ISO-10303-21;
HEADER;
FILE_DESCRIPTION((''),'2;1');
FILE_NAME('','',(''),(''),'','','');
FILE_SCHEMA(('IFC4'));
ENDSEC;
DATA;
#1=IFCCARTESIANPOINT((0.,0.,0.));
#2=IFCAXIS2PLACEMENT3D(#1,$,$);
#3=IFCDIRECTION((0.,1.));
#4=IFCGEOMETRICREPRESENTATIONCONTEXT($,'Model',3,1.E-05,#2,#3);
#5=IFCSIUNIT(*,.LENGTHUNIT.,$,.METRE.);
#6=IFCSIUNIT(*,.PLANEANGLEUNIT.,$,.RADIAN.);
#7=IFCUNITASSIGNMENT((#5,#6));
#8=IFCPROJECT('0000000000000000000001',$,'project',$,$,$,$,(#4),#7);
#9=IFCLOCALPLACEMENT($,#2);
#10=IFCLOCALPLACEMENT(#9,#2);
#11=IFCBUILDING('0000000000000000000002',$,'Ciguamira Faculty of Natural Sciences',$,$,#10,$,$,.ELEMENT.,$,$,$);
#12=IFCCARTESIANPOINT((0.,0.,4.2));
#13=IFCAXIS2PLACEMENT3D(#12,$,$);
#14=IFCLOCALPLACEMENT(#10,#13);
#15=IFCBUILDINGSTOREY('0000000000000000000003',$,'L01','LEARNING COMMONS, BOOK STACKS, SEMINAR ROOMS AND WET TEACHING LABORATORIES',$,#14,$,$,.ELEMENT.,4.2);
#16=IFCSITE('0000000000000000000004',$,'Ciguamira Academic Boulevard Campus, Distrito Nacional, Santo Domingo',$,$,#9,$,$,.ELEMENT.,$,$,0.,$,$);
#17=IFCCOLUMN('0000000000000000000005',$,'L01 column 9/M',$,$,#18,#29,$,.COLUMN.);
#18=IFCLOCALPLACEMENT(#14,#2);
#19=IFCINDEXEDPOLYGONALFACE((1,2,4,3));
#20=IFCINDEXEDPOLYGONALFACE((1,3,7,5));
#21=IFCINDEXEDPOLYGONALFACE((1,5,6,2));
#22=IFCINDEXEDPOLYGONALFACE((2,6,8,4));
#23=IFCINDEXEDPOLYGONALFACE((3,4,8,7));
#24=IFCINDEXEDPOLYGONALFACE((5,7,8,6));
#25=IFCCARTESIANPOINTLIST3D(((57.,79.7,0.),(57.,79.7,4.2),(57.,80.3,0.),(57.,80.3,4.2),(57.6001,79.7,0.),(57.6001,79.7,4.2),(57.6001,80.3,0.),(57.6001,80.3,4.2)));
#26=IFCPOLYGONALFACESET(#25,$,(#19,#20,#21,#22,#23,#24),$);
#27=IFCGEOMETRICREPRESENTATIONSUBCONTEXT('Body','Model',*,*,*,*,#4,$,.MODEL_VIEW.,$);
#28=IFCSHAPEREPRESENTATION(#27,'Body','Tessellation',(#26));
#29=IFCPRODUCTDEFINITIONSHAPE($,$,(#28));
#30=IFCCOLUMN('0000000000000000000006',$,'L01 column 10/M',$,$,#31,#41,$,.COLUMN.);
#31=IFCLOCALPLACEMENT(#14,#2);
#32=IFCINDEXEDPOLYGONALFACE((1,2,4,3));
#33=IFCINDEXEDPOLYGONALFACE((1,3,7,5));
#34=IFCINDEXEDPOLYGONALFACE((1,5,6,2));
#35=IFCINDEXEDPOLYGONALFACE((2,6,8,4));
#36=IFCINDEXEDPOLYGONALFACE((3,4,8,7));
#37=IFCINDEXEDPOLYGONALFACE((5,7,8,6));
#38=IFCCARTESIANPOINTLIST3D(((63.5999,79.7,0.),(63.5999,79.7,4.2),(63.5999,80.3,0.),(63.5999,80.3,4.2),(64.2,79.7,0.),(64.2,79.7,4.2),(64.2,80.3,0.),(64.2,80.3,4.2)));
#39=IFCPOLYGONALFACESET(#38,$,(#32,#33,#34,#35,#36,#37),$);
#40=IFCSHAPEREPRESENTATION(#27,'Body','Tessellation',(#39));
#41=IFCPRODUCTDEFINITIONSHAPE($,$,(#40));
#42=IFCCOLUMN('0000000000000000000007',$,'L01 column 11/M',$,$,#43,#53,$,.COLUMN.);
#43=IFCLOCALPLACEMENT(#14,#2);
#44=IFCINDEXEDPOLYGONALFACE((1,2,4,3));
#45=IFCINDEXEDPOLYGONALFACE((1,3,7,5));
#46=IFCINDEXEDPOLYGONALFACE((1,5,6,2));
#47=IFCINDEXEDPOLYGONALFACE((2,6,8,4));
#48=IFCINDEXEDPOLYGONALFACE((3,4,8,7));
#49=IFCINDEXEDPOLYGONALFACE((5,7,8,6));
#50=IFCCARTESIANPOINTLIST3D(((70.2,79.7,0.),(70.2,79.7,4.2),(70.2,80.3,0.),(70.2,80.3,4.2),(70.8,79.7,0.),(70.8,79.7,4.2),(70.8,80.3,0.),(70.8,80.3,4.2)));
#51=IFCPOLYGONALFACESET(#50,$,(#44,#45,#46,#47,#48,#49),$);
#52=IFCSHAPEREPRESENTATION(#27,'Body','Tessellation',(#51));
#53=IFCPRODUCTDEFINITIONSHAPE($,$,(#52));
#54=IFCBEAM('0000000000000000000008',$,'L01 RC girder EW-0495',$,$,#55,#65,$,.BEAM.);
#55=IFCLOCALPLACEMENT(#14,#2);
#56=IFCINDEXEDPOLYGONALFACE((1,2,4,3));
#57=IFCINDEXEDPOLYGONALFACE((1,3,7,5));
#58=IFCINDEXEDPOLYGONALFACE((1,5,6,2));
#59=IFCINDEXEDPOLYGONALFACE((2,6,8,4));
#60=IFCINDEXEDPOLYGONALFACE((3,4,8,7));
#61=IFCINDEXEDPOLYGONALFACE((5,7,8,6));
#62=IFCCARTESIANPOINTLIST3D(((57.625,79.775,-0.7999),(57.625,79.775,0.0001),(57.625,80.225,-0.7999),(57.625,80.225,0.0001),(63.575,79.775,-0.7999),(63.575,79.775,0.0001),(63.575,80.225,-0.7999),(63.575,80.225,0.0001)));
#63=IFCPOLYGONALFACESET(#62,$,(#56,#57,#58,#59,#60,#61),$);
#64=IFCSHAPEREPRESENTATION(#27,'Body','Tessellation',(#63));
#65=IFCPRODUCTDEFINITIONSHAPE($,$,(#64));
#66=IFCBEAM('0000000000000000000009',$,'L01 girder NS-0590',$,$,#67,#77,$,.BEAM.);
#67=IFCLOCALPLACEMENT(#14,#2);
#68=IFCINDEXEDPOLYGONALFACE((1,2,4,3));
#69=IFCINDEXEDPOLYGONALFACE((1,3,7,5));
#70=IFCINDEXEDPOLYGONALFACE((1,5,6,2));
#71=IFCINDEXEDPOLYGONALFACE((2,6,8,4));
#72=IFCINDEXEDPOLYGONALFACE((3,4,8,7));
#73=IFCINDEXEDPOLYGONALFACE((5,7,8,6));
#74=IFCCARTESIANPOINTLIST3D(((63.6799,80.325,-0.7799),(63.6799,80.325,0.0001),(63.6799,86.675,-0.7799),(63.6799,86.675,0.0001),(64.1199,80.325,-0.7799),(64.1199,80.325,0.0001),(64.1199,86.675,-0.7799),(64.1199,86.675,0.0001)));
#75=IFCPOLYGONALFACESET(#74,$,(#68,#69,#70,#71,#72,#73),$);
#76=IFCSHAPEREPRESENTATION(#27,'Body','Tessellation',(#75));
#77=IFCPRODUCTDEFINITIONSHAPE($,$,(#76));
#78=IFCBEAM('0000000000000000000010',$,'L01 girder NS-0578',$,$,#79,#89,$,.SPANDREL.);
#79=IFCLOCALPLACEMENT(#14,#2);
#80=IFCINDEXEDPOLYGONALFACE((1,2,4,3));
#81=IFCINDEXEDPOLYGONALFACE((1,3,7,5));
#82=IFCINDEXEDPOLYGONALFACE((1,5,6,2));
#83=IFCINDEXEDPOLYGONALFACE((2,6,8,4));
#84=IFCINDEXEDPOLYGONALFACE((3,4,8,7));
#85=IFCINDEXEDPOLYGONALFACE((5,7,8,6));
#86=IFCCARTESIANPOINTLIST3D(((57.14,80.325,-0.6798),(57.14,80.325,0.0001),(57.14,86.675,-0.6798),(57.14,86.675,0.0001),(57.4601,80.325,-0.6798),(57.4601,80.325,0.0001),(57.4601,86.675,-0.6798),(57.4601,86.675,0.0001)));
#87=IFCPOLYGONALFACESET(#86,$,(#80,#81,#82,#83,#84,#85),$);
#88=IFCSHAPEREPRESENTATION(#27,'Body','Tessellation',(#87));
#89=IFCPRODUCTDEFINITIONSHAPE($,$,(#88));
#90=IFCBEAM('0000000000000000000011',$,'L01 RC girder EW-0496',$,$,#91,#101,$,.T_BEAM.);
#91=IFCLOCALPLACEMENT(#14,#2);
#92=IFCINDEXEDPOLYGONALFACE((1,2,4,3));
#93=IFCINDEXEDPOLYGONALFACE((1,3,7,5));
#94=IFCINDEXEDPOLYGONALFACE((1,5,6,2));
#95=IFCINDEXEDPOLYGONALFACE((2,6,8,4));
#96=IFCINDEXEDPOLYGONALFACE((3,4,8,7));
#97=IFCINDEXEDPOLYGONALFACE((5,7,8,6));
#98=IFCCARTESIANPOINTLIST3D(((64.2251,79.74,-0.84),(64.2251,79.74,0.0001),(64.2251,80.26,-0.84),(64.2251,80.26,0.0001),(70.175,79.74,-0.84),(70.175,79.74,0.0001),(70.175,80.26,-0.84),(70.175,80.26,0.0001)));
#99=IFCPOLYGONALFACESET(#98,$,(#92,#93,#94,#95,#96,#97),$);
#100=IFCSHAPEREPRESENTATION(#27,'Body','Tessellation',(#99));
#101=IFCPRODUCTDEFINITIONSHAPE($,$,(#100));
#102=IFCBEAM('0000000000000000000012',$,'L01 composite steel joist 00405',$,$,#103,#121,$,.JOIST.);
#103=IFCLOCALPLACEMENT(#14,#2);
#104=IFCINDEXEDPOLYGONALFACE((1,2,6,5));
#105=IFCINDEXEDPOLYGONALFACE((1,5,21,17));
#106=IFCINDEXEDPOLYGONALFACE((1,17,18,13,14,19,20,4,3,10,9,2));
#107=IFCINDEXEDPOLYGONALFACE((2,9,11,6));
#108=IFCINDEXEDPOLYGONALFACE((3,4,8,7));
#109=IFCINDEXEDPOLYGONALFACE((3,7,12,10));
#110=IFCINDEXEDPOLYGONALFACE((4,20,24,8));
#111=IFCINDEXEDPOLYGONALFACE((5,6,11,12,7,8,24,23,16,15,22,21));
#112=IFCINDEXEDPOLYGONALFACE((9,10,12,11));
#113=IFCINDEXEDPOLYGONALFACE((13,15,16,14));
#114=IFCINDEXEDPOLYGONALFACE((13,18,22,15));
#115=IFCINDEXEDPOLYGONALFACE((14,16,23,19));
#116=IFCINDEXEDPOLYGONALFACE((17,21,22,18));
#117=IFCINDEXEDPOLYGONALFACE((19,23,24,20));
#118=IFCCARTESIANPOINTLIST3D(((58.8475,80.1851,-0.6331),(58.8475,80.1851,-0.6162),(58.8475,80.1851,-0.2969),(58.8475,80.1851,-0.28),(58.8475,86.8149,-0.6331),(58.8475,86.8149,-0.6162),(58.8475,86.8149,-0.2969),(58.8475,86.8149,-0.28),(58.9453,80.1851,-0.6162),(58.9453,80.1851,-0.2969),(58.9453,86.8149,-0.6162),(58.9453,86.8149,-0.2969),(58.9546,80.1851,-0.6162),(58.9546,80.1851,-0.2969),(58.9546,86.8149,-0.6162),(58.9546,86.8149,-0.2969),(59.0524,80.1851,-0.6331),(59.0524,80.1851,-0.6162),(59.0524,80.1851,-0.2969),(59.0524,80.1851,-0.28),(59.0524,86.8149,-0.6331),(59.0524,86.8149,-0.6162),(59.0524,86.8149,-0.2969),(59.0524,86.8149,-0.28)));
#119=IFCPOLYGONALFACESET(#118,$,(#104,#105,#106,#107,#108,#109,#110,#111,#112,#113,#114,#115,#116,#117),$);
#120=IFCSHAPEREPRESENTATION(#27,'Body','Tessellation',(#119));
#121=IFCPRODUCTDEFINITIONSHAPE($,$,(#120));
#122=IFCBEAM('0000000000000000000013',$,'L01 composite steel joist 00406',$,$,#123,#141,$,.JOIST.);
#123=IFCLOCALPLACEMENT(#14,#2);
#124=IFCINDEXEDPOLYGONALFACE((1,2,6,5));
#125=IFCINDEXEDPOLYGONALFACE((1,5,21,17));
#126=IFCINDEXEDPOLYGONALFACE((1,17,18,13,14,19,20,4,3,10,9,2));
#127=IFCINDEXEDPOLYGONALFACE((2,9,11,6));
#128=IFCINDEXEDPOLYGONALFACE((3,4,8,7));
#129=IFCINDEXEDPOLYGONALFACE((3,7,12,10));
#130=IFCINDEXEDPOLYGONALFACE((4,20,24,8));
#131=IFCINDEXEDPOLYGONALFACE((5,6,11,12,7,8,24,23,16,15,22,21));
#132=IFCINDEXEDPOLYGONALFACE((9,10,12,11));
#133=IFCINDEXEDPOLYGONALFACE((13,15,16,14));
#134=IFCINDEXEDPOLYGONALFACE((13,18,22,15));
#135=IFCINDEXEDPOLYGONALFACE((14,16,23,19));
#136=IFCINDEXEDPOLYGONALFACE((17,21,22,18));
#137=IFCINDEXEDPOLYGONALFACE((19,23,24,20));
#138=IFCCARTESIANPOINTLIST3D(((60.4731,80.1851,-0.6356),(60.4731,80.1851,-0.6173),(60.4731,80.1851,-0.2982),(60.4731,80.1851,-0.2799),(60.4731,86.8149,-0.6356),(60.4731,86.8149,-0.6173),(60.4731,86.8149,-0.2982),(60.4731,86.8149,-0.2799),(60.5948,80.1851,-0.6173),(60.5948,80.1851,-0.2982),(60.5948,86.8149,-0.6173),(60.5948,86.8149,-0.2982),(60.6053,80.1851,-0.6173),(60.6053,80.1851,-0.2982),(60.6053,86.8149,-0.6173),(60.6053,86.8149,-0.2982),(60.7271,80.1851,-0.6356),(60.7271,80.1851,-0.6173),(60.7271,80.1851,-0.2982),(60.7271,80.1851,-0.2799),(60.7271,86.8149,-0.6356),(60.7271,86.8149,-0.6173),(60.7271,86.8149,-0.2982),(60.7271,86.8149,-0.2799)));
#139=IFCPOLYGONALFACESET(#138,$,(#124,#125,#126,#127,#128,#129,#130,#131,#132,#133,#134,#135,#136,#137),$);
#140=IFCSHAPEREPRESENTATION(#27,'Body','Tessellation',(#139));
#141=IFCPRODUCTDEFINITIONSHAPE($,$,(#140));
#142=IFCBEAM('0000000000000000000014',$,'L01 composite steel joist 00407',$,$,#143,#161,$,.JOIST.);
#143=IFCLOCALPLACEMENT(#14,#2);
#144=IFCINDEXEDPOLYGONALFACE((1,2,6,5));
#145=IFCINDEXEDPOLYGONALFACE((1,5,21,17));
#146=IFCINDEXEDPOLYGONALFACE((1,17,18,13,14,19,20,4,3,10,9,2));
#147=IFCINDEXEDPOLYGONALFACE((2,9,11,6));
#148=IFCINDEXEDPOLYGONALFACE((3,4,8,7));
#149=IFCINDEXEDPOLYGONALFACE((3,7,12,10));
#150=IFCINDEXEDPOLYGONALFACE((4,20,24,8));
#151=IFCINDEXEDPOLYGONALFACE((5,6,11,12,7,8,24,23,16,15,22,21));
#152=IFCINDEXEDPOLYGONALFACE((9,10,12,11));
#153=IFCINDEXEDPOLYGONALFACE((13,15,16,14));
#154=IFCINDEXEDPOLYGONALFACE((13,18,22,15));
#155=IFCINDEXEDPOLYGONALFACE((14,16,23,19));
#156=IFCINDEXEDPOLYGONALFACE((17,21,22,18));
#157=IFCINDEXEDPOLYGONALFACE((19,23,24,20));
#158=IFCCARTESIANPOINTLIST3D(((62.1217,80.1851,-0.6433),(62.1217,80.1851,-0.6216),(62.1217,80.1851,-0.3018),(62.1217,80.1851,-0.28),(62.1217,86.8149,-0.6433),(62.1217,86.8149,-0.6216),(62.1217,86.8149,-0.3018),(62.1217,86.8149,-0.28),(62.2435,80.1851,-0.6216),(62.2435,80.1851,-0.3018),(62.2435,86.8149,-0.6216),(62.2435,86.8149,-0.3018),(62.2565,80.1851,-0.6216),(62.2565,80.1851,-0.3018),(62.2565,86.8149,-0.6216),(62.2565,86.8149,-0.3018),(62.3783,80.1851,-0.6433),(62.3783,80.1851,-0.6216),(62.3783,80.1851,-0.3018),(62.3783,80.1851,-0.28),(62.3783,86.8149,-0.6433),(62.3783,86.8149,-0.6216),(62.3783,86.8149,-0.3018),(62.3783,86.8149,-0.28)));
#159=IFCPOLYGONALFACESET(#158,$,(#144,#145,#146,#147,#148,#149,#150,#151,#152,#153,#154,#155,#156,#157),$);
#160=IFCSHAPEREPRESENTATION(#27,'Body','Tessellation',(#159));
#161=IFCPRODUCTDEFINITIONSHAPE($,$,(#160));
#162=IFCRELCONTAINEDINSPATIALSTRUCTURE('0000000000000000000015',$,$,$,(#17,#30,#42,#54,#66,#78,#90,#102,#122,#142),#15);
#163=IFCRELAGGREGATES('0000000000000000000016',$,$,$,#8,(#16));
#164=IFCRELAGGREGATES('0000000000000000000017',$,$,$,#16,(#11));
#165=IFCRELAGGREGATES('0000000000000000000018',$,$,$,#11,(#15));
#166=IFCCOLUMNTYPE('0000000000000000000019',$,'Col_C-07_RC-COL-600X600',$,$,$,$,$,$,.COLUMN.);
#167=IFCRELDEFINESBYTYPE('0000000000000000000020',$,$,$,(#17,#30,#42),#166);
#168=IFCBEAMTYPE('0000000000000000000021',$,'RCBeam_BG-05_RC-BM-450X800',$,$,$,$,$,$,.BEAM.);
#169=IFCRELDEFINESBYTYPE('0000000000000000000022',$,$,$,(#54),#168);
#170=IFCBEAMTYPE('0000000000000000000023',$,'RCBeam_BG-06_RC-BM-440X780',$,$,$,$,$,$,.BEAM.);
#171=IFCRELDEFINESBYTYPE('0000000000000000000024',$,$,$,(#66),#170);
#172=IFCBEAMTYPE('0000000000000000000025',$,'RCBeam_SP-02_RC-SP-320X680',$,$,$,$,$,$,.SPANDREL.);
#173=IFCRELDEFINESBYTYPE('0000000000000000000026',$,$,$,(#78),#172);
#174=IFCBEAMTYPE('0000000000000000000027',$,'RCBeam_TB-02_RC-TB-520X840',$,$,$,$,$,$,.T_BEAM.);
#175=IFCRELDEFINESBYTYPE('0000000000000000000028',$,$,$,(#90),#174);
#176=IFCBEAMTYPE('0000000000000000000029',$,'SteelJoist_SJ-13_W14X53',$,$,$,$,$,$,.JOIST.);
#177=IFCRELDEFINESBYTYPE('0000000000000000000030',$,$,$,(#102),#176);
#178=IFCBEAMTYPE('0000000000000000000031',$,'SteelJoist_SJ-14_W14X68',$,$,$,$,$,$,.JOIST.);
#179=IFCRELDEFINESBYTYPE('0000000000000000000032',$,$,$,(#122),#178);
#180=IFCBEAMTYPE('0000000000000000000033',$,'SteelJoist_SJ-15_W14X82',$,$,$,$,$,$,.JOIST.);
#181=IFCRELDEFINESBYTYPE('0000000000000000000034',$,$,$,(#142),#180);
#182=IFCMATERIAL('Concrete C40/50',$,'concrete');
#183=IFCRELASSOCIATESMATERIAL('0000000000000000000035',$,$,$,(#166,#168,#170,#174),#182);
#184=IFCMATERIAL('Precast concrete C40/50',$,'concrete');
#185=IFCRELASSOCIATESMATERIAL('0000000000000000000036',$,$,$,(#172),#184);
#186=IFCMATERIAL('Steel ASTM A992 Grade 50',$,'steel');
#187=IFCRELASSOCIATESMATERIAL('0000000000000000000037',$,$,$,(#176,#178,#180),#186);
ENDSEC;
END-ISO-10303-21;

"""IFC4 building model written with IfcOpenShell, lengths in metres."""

from ifc_helpers import new_model, si_unit, direction, frame, origin, origin_2d, place, context, subcontext, project, spatial, rectangle, i_section, extrude, material, material_profile, profile_set, type_object, element, save


model = new_model("IFC4")

# Units and contexts
model_context = context("Model", 3, precision=1e-05, world=origin(), true_north=direction((0.0, 1.0)))
body_context = subcontext(model_context, "Body", "Model", "MODEL_VIEW")
ifc_project = project(units=[si_unit("LENGTHUNIT", "METRE"), si_unit("PLANEANGLEUNIT", "RADIAN")], contexts=[model_context])

# Site, building, storey
site_placement = place(None, origin())
site = spatial("IfcSite", under=ifc_project, at=site_placement, Name="Ciguamira Academic Boulevard Campus, Distrito Nacional, Santo Domingo", CompositionType="ELEMENT", RefElevation=0.0)
building_placement = place(site_placement, origin())
building = spatial("IfcBuilding", under=site, at=building_placement, Name="Ciguamira Faculty of Natural Sciences", CompositionType="ELEMENT")
storey_placement = place(building_placement, frame((0.0, 0.0, 4.2)))
storey = spatial("IfcBuildingStorey", under=building, at=storey_placement, Name="L01", Description="LEARNING COMMONS, BOOK STACKS, SEMINAR ROOMS AND WET TEACHING LABORATORIES", CompositionType="ELEMENT", Elevation=4.2)

# Columns
ifc_material_1 = material(Name="Concrete C40/50", Category="concrete")
ifc_material_profile_1 = material_profile(ifc_material_1, rectangle(XDim=0.6001, YDim=0.6001, at=origin_2d()), Name="RC-COL-600X600")
ifc_profile_set_1 = profile_set([ifc_material_profile_1], Name="Concrete C40/50")
column_type = type_object("IfcColumnType", Name="Col_C-07_RC-COL-600X600", PredefinedType="COLUMN", material=ifc_profile_set_1)
for number, where, z_axis, x_axis, name in (
    (1, (57.3, 80.0, 0.0), (0.0, 0.0, 1.0), (1.0, 0.0, 0.0), "L01 column 9/M"),
    (2, (63.8999, 80.0, 0.0), (0.0, 0.0, 1.0), (1.0, 0.0, 0.0), "L01 column 10/M"),
    (3, (70.5, 80.0, 0.0), (0.0, 0.0, 1.0), (1.0, 0.0, 0.0), "L01 column 11/M"),
):
    element("IfcColumn", number, at=place(storey_placement, frame(where, z_axis=z_axis, x_axis=x_axis)), inside=storey, type_object=column_type, Name=name, PredefinedType="COLUMN", context=body_context, shape_type="SweptSolid", body=[
        extrude(rectangle(XDim=0.6001, YDim=0.6001, at=origin_2d()), origin(), (0.0, 0.0, 1.0), 4.2),
    ])

# Beams
ifc_material_profile_2 = material_profile(ifc_material_1, rectangle(XDim=0.45, YDim=0.8, at=origin_2d()), Name="RC-BM-450X800")
ifc_profile_set_2 = profile_set([ifc_material_profile_2], Name="Concrete C40/50")
beam_type_1 = type_object("IfcBeamType", Name="RCBeam_BG-05_RC-BM-450X800", PredefinedType="BEAM", material=ifc_profile_set_2)
beam_1_placement = place(storey_placement, frame((57.625, 80.0, -0.3999), z_axis=(1.0, 0.0, 0.0), x_axis=(0.0, 1.0, 0.0)))
element("IfcBeam", 4, at=beam_1_placement, inside=storey, type_object=beam_type_1, Name="L01 RC girder EW-0495", PredefinedType="BEAM", context=body_context, shape_type="SweptSolid", body=[
    extrude(rectangle(XDim=0.45, YDim=0.8, at=origin_2d()), origin(), (0.0, 0.0, 1.0), 5.95),
])
ifc_material_profile_3 = material_profile(ifc_material_1, rectangle(XDim=0.4399, YDim=0.78, at=origin_2d()), Name="RC-BM-440X780")
ifc_profile_set_3 = profile_set([ifc_material_profile_3], Name="Concrete C40/50")
beam_type_2 = type_object("IfcBeamType", Name="RCBeam_BG-06_RC-BM-440X780", PredefinedType="BEAM", material=ifc_profile_set_3)
beam_2_placement = place(storey_placement, frame((63.8999, 80.325, -0.3899), z_axis=(0.0, 1.0, 0.0), x_axis=(-1.0, 0.0, 0.0)))
element("IfcBeam", 5, at=beam_2_placement, inside=storey, type_object=beam_type_2, Name="L01 girder NS-0590", PredefinedType="BEAM", context=body_context, shape_type="SweptSolid", body=[
    extrude(rectangle(XDim=0.4399, YDim=0.78, at=origin_2d()), origin(), (0.0, 0.0, 1.0), 6.3501),
])
ifc_material_2 = material(Name="Precast concrete C40/50", Category="concrete")
ifc_material_profile_4 = material_profile(ifc_material_2, rectangle(XDim=0.3201, YDim=0.6799, at=origin_2d()), Name="RC-SP-320X680")
ifc_profile_set_4 = profile_set([ifc_material_profile_4], Name="Precast concrete C40/50")
beam_type_3 = type_object("IfcBeamType", Name="RCBeam_SP-02_RC-SP-320X680", PredefinedType="SPANDREL", material=ifc_profile_set_4)
beam_3_placement = place(storey_placement, frame((57.3, 80.325, -0.3398), z_axis=(0.0, 1.0, 0.0), x_axis=(-1.0, 0.0, 0.0)))
element("IfcBeam", 6, at=beam_3_placement, inside=storey, type_object=beam_type_3, Name="L01 girder NS-0578", PredefinedType="SPANDREL", context=body_context, shape_type="SweptSolid", body=[
    extrude(rectangle(XDim=0.3201, YDim=0.6799, at=origin_2d()), origin(), (0.0, 0.0, 1.0), 6.3501),
])
ifc_material_profile_5 = material_profile(ifc_material_1, rectangle(XDim=0.52, YDim=0.8401, at=origin_2d()), Name="RC-TB-520X840")
ifc_profile_set_5 = profile_set([ifc_material_profile_5], Name="Concrete C40/50")
beam_type_4 = type_object("IfcBeamType", Name="RCBeam_TB-02_RC-TB-520X840", PredefinedType="T_BEAM", material=ifc_profile_set_5)
beam_4_placement = place(storey_placement, frame((64.2251, 80.0, -0.4199), z_axis=(1.0, 0.0, 0.0), x_axis=(0.0, 1.0, 0.0)))
element("IfcBeam", 7, at=beam_4_placement, inside=storey, type_object=beam_type_4, Name="L01 RC girder EW-0496", PredefinedType="T_BEAM", context=body_context, shape_type="SweptSolid", body=[
    extrude(rectangle(XDim=0.52, YDim=0.8401, at=origin_2d()), origin(), (0.0, 0.0, 1.0), 5.95),
])
ifc_material_3 = material(Name="Steel ASTM A992 Grade 50", Category="steel")
ifc_material_profile_6 = material_profile(ifc_material_3, i_section(OverallWidth=0.2048, OverallDepth=0.353, WebThickness=0.0093, FlangeThickness=0.0168, at=origin_2d()), Name="W14X53")
ifc_profile_set_6 = profile_set([ifc_material_profile_6], Name="Steel ASTM A992 Grade 50")
beam_type_5 = type_object("IfcBeamType", Name="SteelJoist_SJ-13_W14X53", PredefinedType="JOIST", material=ifc_profile_set_6)
beam_5_placement = place(storey_placement, frame((58.95, 80.1851, -0.4565), z_axis=(0.0, 1.0, 0.0), x_axis=(-1.0, 0.0, 0.0)))
element("IfcBeam", 8, at=beam_5_placement, inside=storey, type_object=beam_type_5, Name="L01 composite steel joist 00405", PredefinedType="JOIST", context=body_context, shape_type="SweptSolid", body=[
    extrude(i_section(OverallWidth=0.2048, OverallDepth=0.353, WebThickness=0.0093, FlangeThickness=0.0168, at=origin_2d()), origin(), (0.0, 0.0, 1.0), 6.6299),
])
ifc_material_profile_7 = material_profile(ifc_material_3, i_section(OverallWidth=0.2539, OverallDepth=0.3557, WebThickness=0.0105, FlangeThickness=0.0183, at=origin_2d()), Name="W14X68")
ifc_profile_set_7 = profile_set([ifc_material_profile_7], Name="Steel ASTM A992 Grade 50")
beam_type_6 = type_object("IfcBeamType", Name="SteelJoist_SJ-14_W14X68", PredefinedType="JOIST", material=ifc_profile_set_7)
beam_6_placement = place(storey_placement, frame((60.6001, 80.1851, -0.4578), z_axis=(0.0, 1.0, 0.0), x_axis=(-1.0, 0.0, 0.0)))
element("IfcBeam", 9, at=beam_6_placement, inside=storey, type_object=beam_type_6, Name="L01 composite steel joist 00406", PredefinedType="JOIST", context=body_context, shape_type="SweptSolid", body=[
    extrude(i_section(OverallWidth=0.2539, OverallDepth=0.3557, WebThickness=0.0105, FlangeThickness=0.0183, at=origin_2d()), origin(), (0.0, 0.0, 1.0), 6.6299),
])
ifc_material_profile_8 = material_profile(ifc_material_3, i_section(OverallWidth=0.2566, OverallDepth=0.3633, WebThickness=0.0129, FlangeThickness=0.0217, at=origin_2d()), Name="W14X82")
ifc_profile_set_8 = profile_set([ifc_material_profile_8], Name="Steel ASTM A992 Grade 50")
beam_type_7 = type_object("IfcBeamType", Name="SteelJoist_SJ-15_W14X82", PredefinedType="JOIST", material=ifc_profile_set_8)
beam_7_placement = place(storey_placement, frame((62.25, 80.1851, -0.4617), z_axis=(0.0, 1.0, 0.0), x_axis=(-1.0, 0.0, 0.0)))
element("IfcBeam", 10, at=beam_7_placement, inside=storey, type_object=beam_type_7, Name="L01 composite steel joist 00407", PredefinedType="JOIST", context=body_context, shape_type="SweptSolid", body=[
    extrude(i_section(OverallWidth=0.2566, OverallDepth=0.3633, WebThickness=0.0129, FlangeThickness=0.0217, at=origin_2d()), origin(), (0.0, 0.0, 1.0), 6.6299),
])

save(model, "model.ifc")
